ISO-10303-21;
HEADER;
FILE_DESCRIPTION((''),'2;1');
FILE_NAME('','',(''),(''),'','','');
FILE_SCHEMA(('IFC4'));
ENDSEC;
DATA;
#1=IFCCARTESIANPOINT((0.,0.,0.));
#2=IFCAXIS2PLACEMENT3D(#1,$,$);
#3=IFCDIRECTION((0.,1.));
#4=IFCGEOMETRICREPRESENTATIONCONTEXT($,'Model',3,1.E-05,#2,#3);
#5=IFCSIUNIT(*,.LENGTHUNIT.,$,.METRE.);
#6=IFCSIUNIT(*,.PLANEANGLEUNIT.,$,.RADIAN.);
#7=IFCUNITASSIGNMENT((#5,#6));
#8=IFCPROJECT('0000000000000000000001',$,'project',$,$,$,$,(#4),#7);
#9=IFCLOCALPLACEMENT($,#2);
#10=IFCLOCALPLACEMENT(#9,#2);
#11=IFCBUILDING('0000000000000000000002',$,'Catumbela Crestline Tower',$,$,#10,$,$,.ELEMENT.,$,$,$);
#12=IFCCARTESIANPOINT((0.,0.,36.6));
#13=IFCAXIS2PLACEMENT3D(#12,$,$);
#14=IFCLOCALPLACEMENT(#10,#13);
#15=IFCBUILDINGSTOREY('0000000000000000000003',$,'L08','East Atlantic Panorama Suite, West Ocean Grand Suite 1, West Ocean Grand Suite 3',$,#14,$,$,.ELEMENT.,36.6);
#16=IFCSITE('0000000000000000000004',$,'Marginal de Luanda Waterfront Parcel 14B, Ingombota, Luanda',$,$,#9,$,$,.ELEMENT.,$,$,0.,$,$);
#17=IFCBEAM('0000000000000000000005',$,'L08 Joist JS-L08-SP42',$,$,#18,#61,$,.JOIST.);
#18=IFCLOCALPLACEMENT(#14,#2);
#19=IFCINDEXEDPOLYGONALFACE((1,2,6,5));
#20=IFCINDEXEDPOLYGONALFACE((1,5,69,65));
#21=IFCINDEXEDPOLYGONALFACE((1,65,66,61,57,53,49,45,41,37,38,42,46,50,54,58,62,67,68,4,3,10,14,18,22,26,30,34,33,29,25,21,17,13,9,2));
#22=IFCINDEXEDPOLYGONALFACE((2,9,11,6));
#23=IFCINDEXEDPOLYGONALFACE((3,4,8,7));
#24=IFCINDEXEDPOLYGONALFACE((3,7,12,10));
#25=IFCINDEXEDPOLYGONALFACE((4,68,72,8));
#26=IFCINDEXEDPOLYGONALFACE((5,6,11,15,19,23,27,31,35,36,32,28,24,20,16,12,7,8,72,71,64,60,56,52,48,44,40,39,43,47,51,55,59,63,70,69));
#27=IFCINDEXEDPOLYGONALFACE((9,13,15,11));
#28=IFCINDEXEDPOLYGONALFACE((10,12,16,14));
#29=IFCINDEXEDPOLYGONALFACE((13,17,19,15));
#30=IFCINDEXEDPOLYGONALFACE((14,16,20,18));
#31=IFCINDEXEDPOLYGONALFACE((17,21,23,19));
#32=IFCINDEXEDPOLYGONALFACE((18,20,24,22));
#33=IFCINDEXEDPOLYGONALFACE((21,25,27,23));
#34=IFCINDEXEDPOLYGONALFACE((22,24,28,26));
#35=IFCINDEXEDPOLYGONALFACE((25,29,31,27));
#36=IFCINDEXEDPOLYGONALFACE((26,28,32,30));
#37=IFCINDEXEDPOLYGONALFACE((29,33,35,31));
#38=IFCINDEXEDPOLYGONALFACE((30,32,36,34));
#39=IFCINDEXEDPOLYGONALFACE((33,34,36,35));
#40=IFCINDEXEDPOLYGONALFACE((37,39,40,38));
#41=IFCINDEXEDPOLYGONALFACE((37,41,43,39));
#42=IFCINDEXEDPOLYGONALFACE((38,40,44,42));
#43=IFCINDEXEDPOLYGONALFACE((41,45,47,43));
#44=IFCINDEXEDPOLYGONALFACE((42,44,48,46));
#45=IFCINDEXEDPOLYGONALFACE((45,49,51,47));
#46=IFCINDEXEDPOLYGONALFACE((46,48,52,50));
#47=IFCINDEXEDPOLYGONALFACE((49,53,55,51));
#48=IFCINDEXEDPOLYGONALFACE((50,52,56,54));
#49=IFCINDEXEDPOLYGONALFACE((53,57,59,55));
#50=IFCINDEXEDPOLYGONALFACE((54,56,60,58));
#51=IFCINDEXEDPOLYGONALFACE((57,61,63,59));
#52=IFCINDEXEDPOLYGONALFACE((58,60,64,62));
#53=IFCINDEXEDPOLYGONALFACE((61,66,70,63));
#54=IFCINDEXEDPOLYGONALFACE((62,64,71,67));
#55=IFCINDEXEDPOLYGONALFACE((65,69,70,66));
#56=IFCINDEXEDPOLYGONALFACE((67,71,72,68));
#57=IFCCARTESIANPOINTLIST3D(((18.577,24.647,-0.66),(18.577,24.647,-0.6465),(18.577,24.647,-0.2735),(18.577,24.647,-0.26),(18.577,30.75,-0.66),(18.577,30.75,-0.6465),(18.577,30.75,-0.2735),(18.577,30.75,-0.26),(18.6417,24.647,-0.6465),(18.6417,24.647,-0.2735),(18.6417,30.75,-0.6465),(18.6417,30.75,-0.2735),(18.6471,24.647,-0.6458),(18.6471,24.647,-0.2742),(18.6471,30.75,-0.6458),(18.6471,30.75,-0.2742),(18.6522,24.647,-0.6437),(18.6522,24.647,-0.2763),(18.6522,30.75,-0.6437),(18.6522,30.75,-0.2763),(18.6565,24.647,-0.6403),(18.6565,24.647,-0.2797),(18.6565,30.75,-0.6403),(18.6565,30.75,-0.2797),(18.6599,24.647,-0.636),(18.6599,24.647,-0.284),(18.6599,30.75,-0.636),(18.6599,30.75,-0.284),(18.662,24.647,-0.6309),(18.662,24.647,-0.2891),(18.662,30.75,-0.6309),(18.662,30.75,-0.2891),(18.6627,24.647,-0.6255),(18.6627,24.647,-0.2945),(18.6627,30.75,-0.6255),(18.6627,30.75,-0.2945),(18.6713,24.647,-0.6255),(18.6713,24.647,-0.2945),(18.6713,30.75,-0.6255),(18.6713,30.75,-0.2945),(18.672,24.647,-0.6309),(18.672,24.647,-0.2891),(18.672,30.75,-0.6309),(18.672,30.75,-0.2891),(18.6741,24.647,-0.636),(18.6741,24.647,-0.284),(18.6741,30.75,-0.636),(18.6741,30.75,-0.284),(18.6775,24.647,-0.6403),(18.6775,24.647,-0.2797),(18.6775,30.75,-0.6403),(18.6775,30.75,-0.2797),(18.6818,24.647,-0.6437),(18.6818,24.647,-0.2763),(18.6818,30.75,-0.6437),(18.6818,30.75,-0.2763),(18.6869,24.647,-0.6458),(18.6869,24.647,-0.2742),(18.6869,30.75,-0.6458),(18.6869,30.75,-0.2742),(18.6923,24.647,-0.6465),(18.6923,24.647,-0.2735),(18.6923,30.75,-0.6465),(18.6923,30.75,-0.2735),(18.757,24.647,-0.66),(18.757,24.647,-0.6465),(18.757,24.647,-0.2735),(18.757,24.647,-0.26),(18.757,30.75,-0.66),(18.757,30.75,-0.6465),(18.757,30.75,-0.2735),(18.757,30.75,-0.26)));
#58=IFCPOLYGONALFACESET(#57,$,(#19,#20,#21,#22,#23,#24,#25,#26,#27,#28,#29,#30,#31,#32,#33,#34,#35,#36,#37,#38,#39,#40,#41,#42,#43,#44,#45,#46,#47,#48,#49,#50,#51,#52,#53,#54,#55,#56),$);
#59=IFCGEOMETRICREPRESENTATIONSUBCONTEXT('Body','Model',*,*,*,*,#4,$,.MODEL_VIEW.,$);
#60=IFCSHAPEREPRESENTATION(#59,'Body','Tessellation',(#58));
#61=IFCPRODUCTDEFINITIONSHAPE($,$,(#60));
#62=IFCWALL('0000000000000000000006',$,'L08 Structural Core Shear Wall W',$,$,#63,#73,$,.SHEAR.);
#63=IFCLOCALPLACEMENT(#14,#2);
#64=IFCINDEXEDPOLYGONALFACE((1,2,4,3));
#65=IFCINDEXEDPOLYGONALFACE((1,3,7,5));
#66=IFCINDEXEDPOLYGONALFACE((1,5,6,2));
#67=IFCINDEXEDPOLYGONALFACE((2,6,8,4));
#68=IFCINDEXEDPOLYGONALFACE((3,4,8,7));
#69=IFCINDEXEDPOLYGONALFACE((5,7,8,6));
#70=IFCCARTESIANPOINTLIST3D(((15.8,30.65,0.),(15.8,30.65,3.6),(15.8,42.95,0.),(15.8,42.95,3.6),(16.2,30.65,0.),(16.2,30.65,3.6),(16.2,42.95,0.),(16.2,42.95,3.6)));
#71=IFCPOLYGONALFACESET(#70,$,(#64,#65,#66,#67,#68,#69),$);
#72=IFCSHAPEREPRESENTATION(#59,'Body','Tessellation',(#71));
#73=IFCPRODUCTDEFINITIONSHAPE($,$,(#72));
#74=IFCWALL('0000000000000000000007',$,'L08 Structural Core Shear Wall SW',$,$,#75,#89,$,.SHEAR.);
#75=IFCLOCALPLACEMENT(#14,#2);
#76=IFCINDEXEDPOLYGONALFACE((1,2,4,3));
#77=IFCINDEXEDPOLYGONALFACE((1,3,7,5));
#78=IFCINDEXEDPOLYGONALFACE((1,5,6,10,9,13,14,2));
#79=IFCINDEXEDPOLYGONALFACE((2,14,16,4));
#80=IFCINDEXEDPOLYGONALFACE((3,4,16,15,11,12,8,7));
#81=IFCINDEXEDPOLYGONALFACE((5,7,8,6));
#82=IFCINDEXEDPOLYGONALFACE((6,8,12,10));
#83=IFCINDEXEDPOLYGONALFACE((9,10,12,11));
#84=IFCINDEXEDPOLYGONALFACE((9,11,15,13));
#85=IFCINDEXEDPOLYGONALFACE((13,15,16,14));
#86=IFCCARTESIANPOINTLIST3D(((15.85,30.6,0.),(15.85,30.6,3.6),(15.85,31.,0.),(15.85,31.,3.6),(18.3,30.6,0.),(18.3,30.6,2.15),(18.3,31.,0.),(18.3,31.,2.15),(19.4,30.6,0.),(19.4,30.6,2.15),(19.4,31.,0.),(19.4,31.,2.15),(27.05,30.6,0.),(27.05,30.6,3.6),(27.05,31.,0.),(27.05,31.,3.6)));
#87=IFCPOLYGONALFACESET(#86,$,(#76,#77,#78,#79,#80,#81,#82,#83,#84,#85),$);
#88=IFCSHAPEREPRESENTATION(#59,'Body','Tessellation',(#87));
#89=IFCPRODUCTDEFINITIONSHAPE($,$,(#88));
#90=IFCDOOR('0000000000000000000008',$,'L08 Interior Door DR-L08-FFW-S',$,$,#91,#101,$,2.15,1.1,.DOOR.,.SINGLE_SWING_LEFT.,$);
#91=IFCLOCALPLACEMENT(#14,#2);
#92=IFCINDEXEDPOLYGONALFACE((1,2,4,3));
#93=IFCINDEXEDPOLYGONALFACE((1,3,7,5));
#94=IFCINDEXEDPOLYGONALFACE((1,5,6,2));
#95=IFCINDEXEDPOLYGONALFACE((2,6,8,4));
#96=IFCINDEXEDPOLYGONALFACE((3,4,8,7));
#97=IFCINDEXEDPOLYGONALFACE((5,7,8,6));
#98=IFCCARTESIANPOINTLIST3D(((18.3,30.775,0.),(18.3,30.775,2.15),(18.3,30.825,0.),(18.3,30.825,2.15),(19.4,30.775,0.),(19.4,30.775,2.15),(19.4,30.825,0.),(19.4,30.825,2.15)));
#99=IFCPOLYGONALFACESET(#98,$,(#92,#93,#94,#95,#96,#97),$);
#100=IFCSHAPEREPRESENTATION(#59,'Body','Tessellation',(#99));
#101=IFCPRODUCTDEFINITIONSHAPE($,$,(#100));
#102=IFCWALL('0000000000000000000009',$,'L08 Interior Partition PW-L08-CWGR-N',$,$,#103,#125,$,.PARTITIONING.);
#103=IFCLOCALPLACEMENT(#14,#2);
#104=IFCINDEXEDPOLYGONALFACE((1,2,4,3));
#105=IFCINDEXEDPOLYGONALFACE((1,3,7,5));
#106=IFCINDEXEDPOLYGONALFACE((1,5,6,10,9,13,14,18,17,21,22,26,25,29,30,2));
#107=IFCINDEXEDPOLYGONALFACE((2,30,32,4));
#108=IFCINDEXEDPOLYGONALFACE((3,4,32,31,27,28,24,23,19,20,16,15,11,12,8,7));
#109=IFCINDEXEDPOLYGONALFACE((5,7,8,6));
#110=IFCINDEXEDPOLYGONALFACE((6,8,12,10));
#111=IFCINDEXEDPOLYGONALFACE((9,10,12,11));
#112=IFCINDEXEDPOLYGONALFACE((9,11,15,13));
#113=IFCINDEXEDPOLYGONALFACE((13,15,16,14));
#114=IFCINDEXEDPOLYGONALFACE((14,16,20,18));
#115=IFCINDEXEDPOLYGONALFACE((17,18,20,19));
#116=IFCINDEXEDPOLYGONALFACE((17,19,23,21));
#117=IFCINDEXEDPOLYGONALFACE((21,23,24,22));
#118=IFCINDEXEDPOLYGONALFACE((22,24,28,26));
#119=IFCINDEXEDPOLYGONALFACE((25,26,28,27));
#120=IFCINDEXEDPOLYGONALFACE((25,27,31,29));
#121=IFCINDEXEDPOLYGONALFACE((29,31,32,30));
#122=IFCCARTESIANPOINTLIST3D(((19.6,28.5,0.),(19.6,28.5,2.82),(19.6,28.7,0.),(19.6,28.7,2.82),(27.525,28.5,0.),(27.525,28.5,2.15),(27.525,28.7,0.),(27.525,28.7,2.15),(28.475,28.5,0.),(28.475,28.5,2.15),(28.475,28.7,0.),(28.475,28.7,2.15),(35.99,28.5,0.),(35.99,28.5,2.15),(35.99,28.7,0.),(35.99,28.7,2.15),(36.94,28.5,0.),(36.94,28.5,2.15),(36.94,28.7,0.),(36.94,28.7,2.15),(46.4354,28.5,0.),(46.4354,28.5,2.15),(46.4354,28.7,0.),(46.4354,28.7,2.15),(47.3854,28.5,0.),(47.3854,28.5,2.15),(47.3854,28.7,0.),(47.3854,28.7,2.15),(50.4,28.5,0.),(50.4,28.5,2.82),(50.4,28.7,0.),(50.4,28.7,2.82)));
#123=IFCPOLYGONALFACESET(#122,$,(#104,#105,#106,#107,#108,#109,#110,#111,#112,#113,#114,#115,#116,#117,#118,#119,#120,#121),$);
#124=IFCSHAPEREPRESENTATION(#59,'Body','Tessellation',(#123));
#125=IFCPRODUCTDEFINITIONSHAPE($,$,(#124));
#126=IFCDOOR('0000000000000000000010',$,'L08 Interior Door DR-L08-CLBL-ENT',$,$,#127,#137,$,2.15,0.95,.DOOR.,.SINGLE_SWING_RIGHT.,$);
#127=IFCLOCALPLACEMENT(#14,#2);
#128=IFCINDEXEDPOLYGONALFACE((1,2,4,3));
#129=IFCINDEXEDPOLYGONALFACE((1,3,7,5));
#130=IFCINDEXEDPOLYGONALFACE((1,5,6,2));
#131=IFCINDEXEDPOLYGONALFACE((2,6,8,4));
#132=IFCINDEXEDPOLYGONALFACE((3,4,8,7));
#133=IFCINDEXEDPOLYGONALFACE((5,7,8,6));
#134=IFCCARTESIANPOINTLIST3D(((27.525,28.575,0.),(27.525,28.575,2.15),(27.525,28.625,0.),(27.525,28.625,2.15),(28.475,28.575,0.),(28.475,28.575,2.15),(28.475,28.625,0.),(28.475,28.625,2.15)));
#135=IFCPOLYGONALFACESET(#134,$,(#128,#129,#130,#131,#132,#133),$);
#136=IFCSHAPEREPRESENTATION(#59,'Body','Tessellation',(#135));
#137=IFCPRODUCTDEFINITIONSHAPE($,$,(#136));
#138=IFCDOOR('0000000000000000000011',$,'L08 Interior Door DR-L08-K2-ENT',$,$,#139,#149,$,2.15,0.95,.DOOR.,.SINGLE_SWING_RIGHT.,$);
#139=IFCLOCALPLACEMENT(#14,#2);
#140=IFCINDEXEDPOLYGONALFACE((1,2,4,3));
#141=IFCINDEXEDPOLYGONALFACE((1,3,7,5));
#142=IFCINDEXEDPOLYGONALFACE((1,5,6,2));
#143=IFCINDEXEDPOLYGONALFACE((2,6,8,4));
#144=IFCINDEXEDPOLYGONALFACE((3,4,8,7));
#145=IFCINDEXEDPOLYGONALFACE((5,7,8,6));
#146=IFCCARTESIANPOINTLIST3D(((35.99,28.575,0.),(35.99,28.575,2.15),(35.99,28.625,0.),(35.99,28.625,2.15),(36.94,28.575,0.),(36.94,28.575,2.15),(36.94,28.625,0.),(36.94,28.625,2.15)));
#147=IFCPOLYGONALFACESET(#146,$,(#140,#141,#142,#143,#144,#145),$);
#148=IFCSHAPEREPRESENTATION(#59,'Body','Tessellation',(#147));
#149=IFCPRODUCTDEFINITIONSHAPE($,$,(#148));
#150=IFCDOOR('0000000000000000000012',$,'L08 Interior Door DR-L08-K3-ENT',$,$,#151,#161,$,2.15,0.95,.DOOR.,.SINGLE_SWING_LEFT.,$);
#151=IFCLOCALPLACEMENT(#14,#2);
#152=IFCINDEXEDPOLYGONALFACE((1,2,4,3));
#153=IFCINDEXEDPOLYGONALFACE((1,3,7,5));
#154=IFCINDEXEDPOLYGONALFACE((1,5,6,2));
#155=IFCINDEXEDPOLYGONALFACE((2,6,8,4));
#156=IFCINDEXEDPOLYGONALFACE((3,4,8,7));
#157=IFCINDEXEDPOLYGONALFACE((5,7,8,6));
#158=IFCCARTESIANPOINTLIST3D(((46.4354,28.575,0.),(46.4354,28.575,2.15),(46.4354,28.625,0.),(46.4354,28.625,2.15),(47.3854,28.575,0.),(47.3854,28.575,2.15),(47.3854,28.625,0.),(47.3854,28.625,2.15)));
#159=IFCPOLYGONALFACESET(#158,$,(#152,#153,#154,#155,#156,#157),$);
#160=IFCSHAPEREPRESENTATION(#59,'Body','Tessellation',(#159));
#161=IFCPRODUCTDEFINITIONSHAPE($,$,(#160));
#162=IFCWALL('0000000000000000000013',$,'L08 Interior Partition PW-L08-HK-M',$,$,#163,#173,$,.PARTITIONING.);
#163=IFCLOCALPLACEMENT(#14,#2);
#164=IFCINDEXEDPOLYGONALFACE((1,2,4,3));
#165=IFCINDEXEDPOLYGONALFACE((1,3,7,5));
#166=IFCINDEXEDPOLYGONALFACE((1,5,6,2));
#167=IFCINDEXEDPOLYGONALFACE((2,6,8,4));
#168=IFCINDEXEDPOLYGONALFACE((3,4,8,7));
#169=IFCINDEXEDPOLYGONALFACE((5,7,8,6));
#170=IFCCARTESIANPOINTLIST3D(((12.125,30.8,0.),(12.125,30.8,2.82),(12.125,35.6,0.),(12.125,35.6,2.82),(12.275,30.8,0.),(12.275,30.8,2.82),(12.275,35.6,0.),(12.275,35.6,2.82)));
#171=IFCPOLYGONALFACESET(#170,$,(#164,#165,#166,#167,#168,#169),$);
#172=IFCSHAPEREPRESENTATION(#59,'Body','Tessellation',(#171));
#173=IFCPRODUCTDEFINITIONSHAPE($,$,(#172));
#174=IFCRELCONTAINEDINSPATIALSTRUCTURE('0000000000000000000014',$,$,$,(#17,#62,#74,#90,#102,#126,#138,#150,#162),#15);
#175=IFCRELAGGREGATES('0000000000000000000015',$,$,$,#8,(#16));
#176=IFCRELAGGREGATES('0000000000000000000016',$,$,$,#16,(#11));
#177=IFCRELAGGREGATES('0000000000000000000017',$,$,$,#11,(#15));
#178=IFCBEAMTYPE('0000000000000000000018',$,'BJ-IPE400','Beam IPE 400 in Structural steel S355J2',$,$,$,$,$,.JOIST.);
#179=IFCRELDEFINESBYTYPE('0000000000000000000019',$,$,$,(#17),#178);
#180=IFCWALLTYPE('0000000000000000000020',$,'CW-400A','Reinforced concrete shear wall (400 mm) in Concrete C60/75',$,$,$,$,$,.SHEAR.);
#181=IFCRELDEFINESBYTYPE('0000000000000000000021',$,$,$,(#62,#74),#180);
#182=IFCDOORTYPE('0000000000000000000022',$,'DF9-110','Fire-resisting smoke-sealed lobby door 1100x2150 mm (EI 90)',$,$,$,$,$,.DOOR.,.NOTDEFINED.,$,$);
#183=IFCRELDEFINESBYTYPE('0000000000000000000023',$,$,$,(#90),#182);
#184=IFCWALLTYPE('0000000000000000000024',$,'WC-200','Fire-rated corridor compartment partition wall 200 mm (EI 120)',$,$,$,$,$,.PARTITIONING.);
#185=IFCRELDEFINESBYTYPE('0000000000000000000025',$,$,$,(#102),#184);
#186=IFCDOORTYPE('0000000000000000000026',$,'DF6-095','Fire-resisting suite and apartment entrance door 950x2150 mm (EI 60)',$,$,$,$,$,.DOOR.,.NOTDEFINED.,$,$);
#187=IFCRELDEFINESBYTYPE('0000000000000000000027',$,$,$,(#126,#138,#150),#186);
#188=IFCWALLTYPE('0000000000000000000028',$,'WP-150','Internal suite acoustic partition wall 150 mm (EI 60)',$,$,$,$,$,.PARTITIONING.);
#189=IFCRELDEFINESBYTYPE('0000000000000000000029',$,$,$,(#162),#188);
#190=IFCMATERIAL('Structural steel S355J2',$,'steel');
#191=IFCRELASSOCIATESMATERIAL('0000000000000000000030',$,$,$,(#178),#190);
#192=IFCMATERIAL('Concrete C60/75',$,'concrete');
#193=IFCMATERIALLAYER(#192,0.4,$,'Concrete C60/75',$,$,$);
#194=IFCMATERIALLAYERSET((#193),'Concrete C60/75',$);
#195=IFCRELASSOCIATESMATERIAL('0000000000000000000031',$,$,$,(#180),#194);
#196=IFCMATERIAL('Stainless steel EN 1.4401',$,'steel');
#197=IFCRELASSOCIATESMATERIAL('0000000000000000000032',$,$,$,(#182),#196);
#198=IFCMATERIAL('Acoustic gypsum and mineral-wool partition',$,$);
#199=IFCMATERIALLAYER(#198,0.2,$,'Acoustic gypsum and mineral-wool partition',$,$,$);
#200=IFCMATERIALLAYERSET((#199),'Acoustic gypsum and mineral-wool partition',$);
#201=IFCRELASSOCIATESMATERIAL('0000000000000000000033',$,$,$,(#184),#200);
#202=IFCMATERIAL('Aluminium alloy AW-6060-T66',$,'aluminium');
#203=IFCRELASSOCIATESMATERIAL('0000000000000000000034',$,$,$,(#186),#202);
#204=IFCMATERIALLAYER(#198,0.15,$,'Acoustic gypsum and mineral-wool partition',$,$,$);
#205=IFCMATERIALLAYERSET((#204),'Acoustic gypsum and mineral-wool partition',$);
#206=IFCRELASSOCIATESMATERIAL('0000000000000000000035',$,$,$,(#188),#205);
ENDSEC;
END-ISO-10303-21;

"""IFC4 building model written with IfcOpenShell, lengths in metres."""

from ifc_helpers import new_model, si_unit, direction, frame, frame_2d, origin, origin_2d, place, context, subcontext, project, spatial, rectangle, i_section, extrude, material, layer, layer_set, material_profile, profile_set, type_object, element, fill, save


model = new_model("IFC4")

# Units and contexts
model_context = context("Model", 3, precision=1e-05, world=origin(), true_north=direction((0.0, 1.0)))
body_context = subcontext(model_context, "Body", "Model", "MODEL_VIEW")
ifc_project = project(units=[si_unit("LENGTHUNIT", "METRE"), si_unit("PLANEANGLEUNIT", "RADIAN")], contexts=[model_context])

# Site, building, storey
site_placement = place(None, origin())
site = spatial("IfcSite", under=ifc_project, at=site_placement, Name="Marginal de Luanda Waterfront Parcel 14B, Ingombota, Luanda", CompositionType="ELEMENT", RefElevation=0.0)
building_placement = place(site_placement, origin())
building = spatial("IfcBuilding", under=site, at=building_placement, Name="Catumbela Crestline Tower", CompositionType="ELEMENT")
storey_placement = place(building_placement, frame((0.0, 0.0, 36.6)))
storey = spatial("IfcBuildingStorey", under=building, at=storey_placement, Name="L08", Description="East Atlantic Panorama Suite, West Ocean Grand Suite 1, West Ocean Grand Suite 3", CompositionType="ELEMENT", Elevation=36.6)

# Shared definitions
ifc_material_1 = material(Name="Concrete C60/75", Category="concrete")

# Beam
ifc_material_2 = material(Name="Structural steel S355J2", Category="steel")
ifc_material_profile_1 = material_profile(ifc_material_2, i_section(OverallWidth=0.18, OverallDepth=0.4, WebThickness=0.0086, FlangeThickness=0.0135, FilletRadius=0.021, at=origin_2d()), Name="IPE 400")
ifc_profile_set_1 = profile_set([ifc_material_profile_1], Name="Structural steel S355J2")
beam_type_1 = type_object("IfcBeamType", Name="BJ-IPE400", Description="Beam IPE 400 in Structural steel S355J2", PredefinedType="JOIST", material=ifc_profile_set_1)
beam_1_placement = place(storey_placement, frame((18.667, 24.647, -0.46), z_axis=(0.0, 1.0, 0.0), x_axis=(-1.0, 0.0, 0.0)))
element("IfcBeam", 1, at=beam_1_placement, inside=storey, type_object=beam_type_1, Name="L08 Joist JS-L08-SP42", PredefinedType="JOIST", context=body_context, shape_type="SweptSolid", body=[
    extrude(i_section(OverallWidth=0.18, OverallDepth=0.4, WebThickness=0.0086, FlangeThickness=0.0135, FilletRadius=0.021, at=origin_2d()), origin(), (0.0, 0.0, 1.0), 6.103),
])

# Wall
ifc_layer_1 = layer(ifc_material_1, 0.4, Name="Concrete C60/75")
ifc_layer_set_1 = layer_set([ifc_layer_1], Name="Concrete C60/75")
wall_type_1 = type_object("IfcWallType", Name="CW-400A", Description="Reinforced concrete shear wall (400 mm) in Concrete C60/75", PredefinedType="SHEAR", material=ifc_layer_set_1)
wall_1_placement = place(storey_placement, frame((16.0, 30.65, 0.0), z_axis=(0.0, 0.0, 1.0), x_axis=(0.0, 1.0, 0.0)))
element("IfcWall", 2, at=wall_1_placement, inside=storey, type_object=wall_type_1, Name="L08 Structural Core Shear Wall W", PredefinedType="SHEAR", context=body_context, shape_type="SweptSolid", body=[
    extrude(rectangle(XDim=12.3, YDim=0.4, at=frame_2d((6.15, 0.0))), origin(), (0.0, 0.0, 1.0), 3.6),
])

# Wall, opening, door
wall_2_placement = place(storey_placement, frame((15.85, 30.8, 0.0), z_axis=(0.0, 0.0, 1.0), x_axis=(1.0, 0.0, 0.0)))
wall_2 = element("IfcWall", 3, at=wall_2_placement, inside=storey, type_object=wall_type_1, Name="L08 Structural Core Shear Wall SW", PredefinedType="SHEAR", context=body_context, shape_type="SweptSolid", body=[
    extrude(rectangle(XDim=11.2, YDim=0.4, at=frame_2d((5.6, 0.0))), origin(), (0.0, 0.0, 1.0), 3.6),
])
opening_1_placement = place(wall_2_placement, frame((2.45, 0.0, 0.0)))
opening_1 = element("IfcOpeningElement", 4, at=opening_1_placement, cuts=wall_2, PredefinedType="OPENING", context=body_context, shape_type="SweptSolid", body=[
    extrude(rectangle(XDim=1.1, YDim=2.15, at=frame_2d((0.55, 1.075))), frame((0.0, 0.21, 0.0), z_axis=(0.0, -1.0, 0.0), x_axis=(1.0, 0.0, 0.0)), (0.0, 0.0, 1.0), 0.42),
])
ifc_material_3 = material(Name="Stainless steel EN 1.4401", Category="steel")
door_type_1 = type_object("IfcDoorType", Name="DF9-110", Description="Fire-resisting smoke-sealed lobby door 1100x2150 mm (EI 90)", OperationType="NOTDEFINED", PredefinedType="DOOR", material=ifc_material_3)
door_1_placement = place(opening_1_placement, origin())
door_1 = element("IfcDoor", 5, at=door_1_placement, inside=storey, type_object=door_type_1, Name="L08 Interior Door DR-L08-FFW-S", OperationType="SINGLE_SWING_LEFT", OverallHeight=2.15, OverallWidth=1.1, PredefinedType="DOOR", context=body_context, shape_type="SweptSolid", body=[
    extrude(rectangle(XDim=1.1, YDim=2.15, at=frame_2d((0.55, 1.075))), frame((0.0, 0.025, 0.0), z_axis=(0.0, -1.0, 0.0), x_axis=(1.0, 0.0, 0.0)), (0.0, 0.0, 1.0), 0.05),
])
fill(opening_1, door_1)

# Wall, openings, doors
ifc_material_4 = material(Name="Acoustic gypsum and mineral-wool partition")
ifc_layer_2 = layer(ifc_material_4, 0.2, Name="Acoustic gypsum and mineral-wool partition")
ifc_layer_set_2 = layer_set([ifc_layer_2], Name="Acoustic gypsum and mineral-wool partition")
wall_type_2 = type_object("IfcWallType", Name="WC-200", Description="Fire-rated corridor compartment partition wall 200 mm (EI 120)", PredefinedType="PARTITIONING", material=ifc_layer_set_2)
wall_3_placement = place(storey_placement, frame((19.6, 28.6, 0.0), z_axis=(0.0, 0.0, 1.0), x_axis=(1.0, 0.0, 0.0)))
wall_3 = element("IfcWall", 6, at=wall_3_placement, inside=storey, type_object=wall_type_2, Name="L08 Interior Partition PW-L08-CWGR-N", PredefinedType="PARTITIONING", context=body_context, shape_type="SweptSolid", body=[
    extrude(rectangle(XDim=30.8, YDim=0.2, at=frame_2d((15.4, 0.0))), origin(), (0.0, 0.0, 1.0), 2.82),
])
opening_2_placement = place(wall_3_placement, frame((7.925, 0.0, 0.0)))
opening_2 = element("IfcOpeningElement", 7, at=opening_2_placement, cuts=wall_3, PredefinedType="OPENING", context=body_context, shape_type="SweptSolid", body=[
    extrude(rectangle(XDim=0.95, YDim=2.15, at=frame_2d((0.475, 1.075))), frame((0.0, 0.11, 0.0), z_axis=(0.0, -1.0, 0.0), x_axis=(1.0, 0.0, 0.0)), (0.0, 0.0, 1.0), 0.22),
])
opening_3_placement = place(wall_3_placement, frame((16.39, 0.0, 0.0)))
opening_3 = element("IfcOpeningElement", 8, at=opening_3_placement, cuts=wall_3, PredefinedType="OPENING", context=body_context, shape_type="SweptSolid", body=[
    extrude(rectangle(XDim=0.95, YDim=2.15, at=frame_2d((0.475, 1.075))), frame((0.0, 0.11, 0.0), z_axis=(0.0, -1.0, 0.0), x_axis=(1.0, 0.0, 0.0)), (0.0, 0.0, 1.0), 0.22),
])
opening_4_placement = place(wall_3_placement, frame((26.8354, 0.0, 0.0)))
opening_4 = element("IfcOpeningElement", 9, at=opening_4_placement, cuts=wall_3, PredefinedType="OPENING", context=body_context, shape_type="SweptSolid", body=[
    extrude(rectangle(XDim=0.95, YDim=2.15, at=frame_2d((0.475, 1.075))), frame((0.0, 0.11, 0.0), z_axis=(0.0, -1.0, 0.0), x_axis=(1.0, 0.0, 0.0)), (0.0, 0.0, 1.0), 0.22),
])
ifc_material_5 = material(Name="Aluminium alloy AW-6060-T66", Category="aluminium")
door_type_2 = type_object("IfcDoorType", Name="DF6-095", Description="Fire-resisting suite and apartment entrance door 950x2150 mm (EI 60)", OperationType="NOTDEFINED", PredefinedType="DOOR", material=ifc_material_5)
door_2_placement = place(opening_2_placement, origin())
door_2 = element("IfcDoor", 10, at=door_2_placement, inside=storey, type_object=door_type_2, Name="L08 Interior Door DR-L08-CLBL-ENT", OperationType="SINGLE_SWING_RIGHT", OverallHeight=2.15, OverallWidth=0.95, PredefinedType="DOOR", context=body_context, shape_type="SweptSolid", body=[
    extrude(rectangle(XDim=0.95, YDim=2.15, at=frame_2d((0.475, 1.075))), frame((0.0, 0.025, 0.0), z_axis=(0.0, -1.0, 0.0), x_axis=(1.0, 0.0, 0.0)), (0.0, 0.0, 1.0), 0.05),
])
fill(opening_2, door_2)
door_3_placement = place(opening_3_placement, origin())
door_3 = element("IfcDoor", 11, at=door_3_placement, inside=storey, type_object=door_type_2, Name="L08 Interior Door DR-L08-K2-ENT", OperationType="SINGLE_SWING_RIGHT", OverallHeight=2.15, OverallWidth=0.95, PredefinedType="DOOR", context=body_context, shape_type="SweptSolid", body=[
    extrude(rectangle(XDim=0.95, YDim=2.15, at=frame_2d((0.475, 1.075))), frame((0.0, 0.025, 0.0), z_axis=(0.0, -1.0, 0.0), x_axis=(1.0, 0.0, 0.0)), (0.0, 0.0, 1.0), 0.05),
])
fill(opening_3, door_3)
door_4_placement = place(opening_4_placement, origin())
door_4 = element("IfcDoor", 12, at=door_4_placement, inside=storey, type_object=door_type_2, Name="L08 Interior Door DR-L08-K3-ENT", OperationType="SINGLE_SWING_LEFT", OverallHeight=2.15, OverallWidth=0.95, PredefinedType="DOOR", context=body_context, shape_type="SweptSolid", body=[
    extrude(rectangle(XDim=0.95, YDim=2.15, at=frame_2d((0.475, 1.075))), frame((0.0, 0.025, 0.0), z_axis=(0.0, -1.0, 0.0), x_axis=(1.0, 0.0, 0.0)), (0.0, 0.0, 1.0), 0.05),
])
fill(opening_4, door_4)

# Wall
ifc_layer_3 = layer(ifc_material_4, 0.15, Name="Acoustic gypsum and mineral-wool partition")
ifc_layer_set_3 = layer_set([ifc_layer_3], Name="Acoustic gypsum and mineral-wool partition")
wall_type_3 = type_object("IfcWallType", Name="WP-150", Description="Internal suite acoustic partition wall 150 mm (EI 60)", PredefinedType="PARTITIONING", material=ifc_layer_set_3)
wall_4_placement = place(storey_placement, frame((12.2, 30.8, 0.0), z_axis=(0.0, 0.0, 1.0), x_axis=(0.0, 1.0, 0.0)))
element("IfcWall", 13, at=wall_4_placement, inside=storey, type_object=wall_type_3, Name="L08 Interior Partition PW-L08-HK-M", PredefinedType="PARTITIONING", context=body_context, shape_type="SweptSolid", body=[
    extrude(rectangle(XDim=4.8, YDim=0.15, at=frame_2d((2.4, 0.0))), origin(), (0.0, 0.0, 1.0), 2.82),
])

save(model, "model.ifc")
